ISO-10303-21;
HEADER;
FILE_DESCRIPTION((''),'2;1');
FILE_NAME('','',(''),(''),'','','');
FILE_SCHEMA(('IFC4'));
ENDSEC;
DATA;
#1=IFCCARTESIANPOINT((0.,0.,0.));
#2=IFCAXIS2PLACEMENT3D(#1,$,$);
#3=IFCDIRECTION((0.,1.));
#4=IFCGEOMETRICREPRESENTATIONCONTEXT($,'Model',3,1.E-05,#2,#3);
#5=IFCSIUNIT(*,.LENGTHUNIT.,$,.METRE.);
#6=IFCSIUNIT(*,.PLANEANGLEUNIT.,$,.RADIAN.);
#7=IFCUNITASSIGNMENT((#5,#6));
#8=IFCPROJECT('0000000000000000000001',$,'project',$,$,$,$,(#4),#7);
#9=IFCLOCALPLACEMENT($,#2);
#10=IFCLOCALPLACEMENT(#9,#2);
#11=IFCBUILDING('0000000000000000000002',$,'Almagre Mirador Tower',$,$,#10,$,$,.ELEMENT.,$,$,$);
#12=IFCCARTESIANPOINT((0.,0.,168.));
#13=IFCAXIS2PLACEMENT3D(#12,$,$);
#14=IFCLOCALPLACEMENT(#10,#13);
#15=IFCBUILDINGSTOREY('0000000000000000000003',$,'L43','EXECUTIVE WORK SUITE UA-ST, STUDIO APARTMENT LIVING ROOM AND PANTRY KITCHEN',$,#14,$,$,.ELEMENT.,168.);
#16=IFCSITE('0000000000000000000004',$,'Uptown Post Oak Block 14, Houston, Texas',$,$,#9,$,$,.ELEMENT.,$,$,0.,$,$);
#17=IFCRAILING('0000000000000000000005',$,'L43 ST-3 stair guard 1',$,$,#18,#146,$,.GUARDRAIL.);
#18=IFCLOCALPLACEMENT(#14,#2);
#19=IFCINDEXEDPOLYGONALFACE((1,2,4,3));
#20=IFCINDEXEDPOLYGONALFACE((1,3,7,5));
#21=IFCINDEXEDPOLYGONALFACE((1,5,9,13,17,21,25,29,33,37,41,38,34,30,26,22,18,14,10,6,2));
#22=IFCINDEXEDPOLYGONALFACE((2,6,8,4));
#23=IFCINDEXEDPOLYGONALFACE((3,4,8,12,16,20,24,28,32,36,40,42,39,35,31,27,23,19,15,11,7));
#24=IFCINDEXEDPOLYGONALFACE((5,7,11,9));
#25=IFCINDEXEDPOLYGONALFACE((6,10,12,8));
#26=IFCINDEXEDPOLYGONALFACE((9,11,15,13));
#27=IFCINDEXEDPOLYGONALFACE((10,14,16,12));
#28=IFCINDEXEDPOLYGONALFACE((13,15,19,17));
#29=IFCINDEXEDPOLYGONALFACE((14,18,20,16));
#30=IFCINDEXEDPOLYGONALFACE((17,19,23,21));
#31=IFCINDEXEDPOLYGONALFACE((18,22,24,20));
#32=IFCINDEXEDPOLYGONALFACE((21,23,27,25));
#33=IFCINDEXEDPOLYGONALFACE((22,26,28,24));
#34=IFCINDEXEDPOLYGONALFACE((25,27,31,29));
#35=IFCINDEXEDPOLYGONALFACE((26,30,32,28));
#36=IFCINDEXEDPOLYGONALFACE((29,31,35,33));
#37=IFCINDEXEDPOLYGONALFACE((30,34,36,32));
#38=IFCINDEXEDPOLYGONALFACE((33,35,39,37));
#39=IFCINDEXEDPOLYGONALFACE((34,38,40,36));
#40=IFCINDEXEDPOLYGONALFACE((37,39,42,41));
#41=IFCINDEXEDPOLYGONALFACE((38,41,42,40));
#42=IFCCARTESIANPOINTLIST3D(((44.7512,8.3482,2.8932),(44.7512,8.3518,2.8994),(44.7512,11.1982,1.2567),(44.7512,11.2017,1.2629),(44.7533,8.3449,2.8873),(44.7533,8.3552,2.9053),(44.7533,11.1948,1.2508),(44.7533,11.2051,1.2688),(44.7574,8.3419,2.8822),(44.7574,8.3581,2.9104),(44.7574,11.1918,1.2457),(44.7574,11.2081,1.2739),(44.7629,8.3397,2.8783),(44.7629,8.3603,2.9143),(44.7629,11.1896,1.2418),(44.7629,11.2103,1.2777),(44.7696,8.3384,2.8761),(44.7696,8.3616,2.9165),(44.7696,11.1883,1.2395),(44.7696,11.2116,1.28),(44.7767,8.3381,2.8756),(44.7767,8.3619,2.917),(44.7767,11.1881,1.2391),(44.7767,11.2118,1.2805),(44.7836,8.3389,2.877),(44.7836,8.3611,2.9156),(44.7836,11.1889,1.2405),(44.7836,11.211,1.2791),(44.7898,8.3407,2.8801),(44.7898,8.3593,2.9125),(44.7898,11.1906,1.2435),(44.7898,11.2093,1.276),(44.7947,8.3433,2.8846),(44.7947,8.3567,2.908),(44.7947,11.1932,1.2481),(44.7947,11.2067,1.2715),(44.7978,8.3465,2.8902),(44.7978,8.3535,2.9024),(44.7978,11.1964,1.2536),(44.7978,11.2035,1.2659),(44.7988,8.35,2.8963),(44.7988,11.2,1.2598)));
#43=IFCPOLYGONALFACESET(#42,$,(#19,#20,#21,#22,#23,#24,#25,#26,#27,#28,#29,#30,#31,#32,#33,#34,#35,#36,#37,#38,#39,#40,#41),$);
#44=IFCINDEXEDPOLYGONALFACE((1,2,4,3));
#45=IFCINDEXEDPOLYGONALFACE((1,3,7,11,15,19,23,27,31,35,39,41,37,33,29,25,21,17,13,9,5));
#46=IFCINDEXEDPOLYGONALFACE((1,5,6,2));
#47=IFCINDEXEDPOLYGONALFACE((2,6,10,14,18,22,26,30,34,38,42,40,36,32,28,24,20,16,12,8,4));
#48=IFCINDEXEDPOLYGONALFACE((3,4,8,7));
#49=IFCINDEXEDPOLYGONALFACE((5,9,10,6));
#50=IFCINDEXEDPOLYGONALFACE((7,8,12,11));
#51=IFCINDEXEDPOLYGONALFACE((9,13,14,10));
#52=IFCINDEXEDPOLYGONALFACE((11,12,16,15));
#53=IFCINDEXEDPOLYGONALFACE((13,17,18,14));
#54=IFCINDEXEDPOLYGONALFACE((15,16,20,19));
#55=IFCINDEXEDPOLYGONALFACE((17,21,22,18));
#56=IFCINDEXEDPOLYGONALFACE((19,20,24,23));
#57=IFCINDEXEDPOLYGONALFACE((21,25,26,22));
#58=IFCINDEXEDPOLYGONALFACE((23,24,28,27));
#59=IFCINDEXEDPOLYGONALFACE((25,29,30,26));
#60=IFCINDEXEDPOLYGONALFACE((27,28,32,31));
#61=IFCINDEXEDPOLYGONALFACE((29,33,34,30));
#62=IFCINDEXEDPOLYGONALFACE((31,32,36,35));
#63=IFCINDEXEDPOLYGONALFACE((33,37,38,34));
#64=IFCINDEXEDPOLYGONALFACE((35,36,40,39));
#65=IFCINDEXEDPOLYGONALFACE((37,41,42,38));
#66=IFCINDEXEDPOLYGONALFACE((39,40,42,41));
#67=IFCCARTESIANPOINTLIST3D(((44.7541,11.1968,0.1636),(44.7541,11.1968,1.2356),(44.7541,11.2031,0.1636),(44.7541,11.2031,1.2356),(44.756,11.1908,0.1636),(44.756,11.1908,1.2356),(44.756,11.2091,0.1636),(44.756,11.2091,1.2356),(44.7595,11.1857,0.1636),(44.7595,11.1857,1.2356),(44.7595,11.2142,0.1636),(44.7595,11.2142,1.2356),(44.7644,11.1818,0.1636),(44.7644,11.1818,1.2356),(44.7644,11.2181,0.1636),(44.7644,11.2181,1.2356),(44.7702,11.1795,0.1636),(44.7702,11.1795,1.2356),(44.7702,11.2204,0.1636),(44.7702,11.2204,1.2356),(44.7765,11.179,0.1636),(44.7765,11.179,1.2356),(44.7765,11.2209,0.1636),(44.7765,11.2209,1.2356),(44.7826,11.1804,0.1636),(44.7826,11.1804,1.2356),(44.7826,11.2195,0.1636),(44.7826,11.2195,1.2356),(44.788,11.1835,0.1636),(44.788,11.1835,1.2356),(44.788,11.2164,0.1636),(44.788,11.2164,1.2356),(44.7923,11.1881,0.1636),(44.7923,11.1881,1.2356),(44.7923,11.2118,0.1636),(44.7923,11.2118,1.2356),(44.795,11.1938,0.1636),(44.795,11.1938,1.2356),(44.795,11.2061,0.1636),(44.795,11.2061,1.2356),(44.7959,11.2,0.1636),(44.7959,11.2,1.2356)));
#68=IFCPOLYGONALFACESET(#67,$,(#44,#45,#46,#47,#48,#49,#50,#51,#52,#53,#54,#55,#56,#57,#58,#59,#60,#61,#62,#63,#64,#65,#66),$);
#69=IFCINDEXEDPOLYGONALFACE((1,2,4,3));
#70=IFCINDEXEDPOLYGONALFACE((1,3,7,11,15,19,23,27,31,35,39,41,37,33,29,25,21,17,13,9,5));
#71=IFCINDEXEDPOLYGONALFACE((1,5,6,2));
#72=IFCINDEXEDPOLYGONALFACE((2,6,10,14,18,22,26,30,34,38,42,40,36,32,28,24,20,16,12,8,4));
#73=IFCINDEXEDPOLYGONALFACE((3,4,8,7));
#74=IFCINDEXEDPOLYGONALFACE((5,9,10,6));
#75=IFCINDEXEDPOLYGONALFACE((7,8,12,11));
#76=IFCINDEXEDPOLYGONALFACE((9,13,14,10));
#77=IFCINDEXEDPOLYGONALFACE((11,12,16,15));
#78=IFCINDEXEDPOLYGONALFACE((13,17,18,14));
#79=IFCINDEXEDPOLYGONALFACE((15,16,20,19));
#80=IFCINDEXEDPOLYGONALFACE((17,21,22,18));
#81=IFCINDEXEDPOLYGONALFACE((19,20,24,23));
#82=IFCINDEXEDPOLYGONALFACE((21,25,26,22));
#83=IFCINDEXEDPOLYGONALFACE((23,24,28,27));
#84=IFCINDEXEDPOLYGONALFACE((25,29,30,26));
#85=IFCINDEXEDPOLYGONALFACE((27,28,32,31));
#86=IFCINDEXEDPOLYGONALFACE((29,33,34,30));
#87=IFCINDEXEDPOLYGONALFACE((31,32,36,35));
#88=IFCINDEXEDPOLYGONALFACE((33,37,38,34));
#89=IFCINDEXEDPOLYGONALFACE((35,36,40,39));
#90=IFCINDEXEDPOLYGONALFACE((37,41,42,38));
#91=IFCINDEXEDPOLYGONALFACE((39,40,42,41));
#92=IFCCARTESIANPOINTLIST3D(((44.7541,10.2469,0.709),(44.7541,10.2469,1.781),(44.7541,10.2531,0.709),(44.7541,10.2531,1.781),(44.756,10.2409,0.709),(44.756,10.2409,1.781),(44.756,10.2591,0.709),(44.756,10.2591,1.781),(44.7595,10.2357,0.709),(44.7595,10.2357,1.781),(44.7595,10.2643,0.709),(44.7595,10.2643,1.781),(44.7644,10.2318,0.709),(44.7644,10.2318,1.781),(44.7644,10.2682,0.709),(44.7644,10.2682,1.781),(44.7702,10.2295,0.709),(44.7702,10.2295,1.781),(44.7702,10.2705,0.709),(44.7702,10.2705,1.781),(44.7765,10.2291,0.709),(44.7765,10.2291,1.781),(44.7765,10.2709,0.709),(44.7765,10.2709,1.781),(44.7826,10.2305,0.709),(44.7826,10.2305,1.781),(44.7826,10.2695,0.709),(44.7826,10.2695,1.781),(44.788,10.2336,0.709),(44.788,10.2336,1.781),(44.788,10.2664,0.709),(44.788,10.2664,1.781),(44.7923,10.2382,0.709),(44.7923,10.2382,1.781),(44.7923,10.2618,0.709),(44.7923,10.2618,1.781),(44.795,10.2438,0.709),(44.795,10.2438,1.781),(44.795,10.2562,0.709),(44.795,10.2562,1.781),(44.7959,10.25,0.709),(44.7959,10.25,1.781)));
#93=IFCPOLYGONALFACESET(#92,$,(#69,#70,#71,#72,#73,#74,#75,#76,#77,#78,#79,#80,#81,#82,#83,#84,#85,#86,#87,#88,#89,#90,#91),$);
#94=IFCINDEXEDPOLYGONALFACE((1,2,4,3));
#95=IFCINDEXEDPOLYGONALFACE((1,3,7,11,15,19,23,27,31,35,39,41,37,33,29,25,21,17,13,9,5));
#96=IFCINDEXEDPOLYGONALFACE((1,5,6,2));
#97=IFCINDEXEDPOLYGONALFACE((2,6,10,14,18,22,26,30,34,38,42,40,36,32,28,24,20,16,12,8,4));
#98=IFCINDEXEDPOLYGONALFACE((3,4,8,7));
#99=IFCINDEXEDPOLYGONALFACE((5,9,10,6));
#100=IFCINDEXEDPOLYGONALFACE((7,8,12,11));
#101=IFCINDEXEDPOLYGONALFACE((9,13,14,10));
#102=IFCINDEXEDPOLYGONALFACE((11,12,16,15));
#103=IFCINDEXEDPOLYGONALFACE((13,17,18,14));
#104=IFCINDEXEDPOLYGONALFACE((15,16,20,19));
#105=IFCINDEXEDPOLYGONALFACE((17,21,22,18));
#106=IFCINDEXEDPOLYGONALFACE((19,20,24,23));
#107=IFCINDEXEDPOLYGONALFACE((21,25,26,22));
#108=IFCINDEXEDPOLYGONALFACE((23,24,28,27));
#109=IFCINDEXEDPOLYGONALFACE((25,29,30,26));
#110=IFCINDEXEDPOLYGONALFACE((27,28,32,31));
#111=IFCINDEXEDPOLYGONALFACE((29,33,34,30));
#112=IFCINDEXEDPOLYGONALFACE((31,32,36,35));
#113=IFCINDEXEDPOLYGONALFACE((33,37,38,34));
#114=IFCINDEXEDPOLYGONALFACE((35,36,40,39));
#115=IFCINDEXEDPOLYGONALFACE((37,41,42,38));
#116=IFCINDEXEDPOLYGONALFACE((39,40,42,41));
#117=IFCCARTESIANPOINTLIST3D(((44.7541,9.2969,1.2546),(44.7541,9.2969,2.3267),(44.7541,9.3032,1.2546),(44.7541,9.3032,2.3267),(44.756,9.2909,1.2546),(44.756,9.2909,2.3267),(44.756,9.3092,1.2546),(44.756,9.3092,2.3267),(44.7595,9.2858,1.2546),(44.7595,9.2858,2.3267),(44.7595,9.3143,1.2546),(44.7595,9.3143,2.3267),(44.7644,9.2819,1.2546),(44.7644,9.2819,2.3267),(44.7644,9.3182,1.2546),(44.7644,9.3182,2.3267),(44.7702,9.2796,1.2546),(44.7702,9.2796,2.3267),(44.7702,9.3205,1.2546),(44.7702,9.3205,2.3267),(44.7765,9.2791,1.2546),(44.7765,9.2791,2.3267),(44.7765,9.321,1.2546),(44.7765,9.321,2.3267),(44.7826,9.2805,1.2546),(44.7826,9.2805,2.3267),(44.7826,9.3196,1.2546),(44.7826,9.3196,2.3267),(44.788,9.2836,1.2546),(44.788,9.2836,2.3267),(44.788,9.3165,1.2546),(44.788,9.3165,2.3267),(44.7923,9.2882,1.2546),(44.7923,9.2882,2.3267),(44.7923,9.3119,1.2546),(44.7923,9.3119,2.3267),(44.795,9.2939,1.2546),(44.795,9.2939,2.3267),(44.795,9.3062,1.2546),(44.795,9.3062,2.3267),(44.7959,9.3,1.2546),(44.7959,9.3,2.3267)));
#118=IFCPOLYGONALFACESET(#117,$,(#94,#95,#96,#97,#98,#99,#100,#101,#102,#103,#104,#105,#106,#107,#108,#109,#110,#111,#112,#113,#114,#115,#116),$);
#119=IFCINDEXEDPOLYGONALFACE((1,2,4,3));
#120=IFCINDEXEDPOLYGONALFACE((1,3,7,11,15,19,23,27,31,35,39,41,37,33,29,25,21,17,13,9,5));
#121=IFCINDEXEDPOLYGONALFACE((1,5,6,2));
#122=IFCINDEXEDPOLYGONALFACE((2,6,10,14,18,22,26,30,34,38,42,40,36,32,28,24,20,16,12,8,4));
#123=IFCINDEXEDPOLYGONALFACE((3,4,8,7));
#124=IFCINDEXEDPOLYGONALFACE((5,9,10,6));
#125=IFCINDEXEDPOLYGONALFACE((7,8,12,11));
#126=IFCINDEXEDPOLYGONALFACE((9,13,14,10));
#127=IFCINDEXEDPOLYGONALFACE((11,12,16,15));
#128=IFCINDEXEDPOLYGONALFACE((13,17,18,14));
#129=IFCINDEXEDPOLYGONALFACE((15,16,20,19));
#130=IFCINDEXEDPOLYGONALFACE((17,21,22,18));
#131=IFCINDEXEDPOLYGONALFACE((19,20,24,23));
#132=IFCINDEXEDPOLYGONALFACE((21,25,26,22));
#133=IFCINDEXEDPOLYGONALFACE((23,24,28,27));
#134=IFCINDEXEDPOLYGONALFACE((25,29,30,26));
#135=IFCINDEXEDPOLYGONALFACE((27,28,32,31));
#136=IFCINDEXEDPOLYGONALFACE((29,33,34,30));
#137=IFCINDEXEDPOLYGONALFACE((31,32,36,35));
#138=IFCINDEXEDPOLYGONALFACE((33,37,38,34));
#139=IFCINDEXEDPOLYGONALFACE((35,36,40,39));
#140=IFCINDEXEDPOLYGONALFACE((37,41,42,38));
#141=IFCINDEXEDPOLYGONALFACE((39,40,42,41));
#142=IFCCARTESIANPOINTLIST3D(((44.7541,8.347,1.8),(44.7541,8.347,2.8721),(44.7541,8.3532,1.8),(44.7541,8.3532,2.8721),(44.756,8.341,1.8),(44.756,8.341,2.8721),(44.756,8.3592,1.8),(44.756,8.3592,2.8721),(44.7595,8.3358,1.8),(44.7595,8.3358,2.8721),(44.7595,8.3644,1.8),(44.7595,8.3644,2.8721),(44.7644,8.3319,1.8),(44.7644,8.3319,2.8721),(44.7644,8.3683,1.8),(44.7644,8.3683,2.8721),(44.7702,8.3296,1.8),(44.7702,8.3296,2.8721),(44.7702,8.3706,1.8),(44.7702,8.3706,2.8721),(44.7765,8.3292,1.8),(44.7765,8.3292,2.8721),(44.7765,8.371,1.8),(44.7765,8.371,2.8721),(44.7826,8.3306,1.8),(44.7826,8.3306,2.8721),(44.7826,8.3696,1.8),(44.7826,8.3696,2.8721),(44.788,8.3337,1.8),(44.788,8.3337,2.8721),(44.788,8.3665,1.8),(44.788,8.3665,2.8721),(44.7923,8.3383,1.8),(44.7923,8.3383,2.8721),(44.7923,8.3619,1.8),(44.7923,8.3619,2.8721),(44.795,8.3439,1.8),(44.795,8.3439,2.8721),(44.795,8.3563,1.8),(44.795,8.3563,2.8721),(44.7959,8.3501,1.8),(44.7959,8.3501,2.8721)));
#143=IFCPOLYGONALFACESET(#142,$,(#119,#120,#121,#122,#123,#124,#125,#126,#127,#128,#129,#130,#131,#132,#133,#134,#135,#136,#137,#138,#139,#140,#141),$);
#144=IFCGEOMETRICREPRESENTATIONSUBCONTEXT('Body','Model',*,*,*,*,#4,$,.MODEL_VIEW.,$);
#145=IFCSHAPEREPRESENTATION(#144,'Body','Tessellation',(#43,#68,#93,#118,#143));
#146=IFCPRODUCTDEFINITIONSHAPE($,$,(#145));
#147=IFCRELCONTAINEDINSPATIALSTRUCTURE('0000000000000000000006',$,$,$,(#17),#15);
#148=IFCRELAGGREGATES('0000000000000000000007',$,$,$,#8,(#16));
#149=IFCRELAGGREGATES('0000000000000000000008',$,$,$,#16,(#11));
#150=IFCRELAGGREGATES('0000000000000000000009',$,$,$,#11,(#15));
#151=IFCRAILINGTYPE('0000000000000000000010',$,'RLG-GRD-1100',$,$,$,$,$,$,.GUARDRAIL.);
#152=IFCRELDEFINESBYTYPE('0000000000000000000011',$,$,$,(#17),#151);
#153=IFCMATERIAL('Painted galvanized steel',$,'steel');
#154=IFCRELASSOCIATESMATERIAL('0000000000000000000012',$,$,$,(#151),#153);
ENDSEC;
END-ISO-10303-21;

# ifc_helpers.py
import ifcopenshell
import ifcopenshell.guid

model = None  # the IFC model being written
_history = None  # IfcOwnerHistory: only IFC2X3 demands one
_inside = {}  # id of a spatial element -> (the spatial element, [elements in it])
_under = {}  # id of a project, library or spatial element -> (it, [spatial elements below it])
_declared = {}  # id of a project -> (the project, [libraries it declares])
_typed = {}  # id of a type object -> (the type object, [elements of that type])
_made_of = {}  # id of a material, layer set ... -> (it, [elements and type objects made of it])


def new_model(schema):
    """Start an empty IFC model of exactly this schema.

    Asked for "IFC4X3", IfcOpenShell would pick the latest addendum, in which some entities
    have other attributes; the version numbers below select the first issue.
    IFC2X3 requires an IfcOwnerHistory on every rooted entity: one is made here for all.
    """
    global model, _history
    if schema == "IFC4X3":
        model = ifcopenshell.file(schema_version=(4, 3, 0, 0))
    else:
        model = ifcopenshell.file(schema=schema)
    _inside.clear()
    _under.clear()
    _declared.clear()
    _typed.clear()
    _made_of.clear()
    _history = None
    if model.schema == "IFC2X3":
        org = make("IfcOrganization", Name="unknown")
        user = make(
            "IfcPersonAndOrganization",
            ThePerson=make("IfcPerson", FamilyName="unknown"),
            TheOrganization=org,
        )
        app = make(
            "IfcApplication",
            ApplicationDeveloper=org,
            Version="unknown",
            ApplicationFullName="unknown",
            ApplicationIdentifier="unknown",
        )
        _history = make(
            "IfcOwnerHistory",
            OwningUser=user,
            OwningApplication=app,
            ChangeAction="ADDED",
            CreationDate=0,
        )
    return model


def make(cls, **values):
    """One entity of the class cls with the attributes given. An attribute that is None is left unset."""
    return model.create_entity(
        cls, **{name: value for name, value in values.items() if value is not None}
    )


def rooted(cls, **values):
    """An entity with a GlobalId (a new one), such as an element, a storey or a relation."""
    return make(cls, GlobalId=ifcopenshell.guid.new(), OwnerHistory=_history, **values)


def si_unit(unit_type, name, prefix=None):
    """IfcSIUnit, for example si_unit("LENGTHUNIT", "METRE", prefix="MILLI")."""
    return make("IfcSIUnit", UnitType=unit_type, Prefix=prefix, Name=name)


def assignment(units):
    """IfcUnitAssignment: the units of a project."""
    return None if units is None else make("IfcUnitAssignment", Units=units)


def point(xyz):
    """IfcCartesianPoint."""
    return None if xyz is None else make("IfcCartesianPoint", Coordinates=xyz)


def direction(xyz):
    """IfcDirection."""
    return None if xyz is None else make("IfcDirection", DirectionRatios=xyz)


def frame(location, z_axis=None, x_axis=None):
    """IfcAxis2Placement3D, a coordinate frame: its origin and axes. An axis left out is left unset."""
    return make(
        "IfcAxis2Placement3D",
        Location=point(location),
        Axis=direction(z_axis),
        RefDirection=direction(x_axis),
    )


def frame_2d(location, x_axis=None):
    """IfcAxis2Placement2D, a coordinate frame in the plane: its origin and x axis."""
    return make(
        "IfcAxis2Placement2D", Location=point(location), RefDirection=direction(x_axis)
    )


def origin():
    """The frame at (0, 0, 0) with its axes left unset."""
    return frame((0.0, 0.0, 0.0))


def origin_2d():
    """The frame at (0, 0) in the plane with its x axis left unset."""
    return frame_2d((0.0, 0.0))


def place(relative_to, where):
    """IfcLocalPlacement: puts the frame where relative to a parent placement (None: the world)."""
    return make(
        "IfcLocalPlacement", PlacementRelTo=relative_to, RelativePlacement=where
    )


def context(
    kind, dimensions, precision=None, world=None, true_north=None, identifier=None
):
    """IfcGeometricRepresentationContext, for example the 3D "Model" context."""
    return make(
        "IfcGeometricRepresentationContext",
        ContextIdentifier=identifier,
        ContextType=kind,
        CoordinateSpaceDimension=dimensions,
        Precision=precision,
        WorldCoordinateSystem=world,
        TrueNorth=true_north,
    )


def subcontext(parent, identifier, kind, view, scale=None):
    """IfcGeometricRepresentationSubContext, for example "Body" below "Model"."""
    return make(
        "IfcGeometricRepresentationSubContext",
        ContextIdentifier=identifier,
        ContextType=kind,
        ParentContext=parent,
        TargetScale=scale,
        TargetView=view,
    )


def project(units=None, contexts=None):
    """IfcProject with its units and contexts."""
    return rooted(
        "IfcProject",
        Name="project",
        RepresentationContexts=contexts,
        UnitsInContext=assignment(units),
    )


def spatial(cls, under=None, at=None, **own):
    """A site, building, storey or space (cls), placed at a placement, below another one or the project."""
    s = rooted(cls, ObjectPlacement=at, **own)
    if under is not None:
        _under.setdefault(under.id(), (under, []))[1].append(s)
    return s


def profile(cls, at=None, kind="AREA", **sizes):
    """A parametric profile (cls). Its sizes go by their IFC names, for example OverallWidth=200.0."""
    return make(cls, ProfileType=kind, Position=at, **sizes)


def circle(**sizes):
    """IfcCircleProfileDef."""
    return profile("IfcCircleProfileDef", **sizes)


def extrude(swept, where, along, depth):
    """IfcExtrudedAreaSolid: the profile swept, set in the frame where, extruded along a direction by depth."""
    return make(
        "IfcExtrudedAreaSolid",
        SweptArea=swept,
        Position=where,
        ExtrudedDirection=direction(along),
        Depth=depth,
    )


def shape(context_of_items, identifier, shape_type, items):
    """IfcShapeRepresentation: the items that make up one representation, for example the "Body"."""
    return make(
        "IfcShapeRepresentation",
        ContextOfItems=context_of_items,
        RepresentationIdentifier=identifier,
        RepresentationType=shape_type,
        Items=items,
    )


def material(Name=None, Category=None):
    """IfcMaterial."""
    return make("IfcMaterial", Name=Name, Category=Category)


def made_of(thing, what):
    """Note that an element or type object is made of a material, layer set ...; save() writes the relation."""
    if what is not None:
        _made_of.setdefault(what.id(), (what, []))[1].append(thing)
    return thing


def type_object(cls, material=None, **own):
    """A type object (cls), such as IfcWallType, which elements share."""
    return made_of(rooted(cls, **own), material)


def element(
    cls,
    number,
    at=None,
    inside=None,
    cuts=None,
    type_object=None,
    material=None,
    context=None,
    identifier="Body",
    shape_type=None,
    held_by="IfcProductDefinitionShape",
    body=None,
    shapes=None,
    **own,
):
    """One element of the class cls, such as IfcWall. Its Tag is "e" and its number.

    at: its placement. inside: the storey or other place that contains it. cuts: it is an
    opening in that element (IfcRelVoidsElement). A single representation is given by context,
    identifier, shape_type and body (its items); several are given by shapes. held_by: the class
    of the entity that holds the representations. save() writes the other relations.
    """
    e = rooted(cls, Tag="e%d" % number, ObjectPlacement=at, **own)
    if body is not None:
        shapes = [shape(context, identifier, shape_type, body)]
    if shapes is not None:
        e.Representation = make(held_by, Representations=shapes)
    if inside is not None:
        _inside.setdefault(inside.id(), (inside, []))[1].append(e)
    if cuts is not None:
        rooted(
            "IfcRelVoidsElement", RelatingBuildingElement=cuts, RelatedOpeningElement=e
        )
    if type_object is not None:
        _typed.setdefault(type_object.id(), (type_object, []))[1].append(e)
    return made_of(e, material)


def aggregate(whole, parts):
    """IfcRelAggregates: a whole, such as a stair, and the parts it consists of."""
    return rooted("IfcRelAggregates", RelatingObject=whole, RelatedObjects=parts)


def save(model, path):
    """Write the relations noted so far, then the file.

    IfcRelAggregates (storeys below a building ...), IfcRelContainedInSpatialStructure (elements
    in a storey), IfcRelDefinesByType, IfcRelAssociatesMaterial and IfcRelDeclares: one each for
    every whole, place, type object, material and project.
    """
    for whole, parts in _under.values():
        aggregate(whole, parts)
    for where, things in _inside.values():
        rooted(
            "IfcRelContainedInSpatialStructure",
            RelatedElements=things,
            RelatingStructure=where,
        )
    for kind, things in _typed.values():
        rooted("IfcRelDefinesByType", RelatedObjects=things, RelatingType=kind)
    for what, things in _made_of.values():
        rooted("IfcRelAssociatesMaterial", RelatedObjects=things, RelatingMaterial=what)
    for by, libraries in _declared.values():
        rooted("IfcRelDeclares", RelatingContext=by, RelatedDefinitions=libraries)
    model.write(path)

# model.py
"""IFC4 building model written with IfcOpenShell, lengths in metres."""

from ifc_helpers import new_model, si_unit, direction, frame, origin, origin_2d, place, context, subcontext, project, spatial, circle, extrude, material, type_object, element, save


model = new_model("IFC4")

# Units and contexts
model_context = context("Model", 3, precision=1e-05, world=origin(), true_north=direction((0.0, 1.0)))
body_context = subcontext(model_context, "Body", "Model", "MODEL_VIEW")
ifc_project = project(units=[si_unit("LENGTHUNIT", "METRE"), si_unit("PLANEANGLEUNIT", "RADIAN")], contexts=[model_context])

# Site, building, storey
site_placement = place(None, origin())
site = spatial("IfcSite", under=ifc_project, at=site_placement, Name="Uptown Post Oak Block 14, Houston, Texas", CompositionType="ELEMENT", RefElevation=0.0)
building_placement = place(site_placement, origin())
building = spatial("IfcBuilding", under=site, at=building_placement, Name="Almagre Mirador Tower", CompositionType="ELEMENT")
storey_placement = place(building_placement, frame((0.0, 0.0, 168.0)))
storey = spatial("IfcBuildingStorey", under=building, at=storey_placement, Name="L43", Description="EXECUTIVE WORK SUITE UA-ST, STUDIO APARTMENT LIVING ROOM AND PANTRY KITCHEN", CompositionType="ELEMENT", Elevation=168.0)

# Railing
ifc_material_1 = material(Name="Painted galvanized steel", Category="steel")
railing_type_1 = type_object("IfcRailingType", Name="RLG-GRD-1100", PredefinedType="GUARDRAIL", material=ifc_material_1)
railing_1_placement = place(storey_placement, frame((44.7749, 11.2, 0.1636)))
element("IfcRailing", 1, at=railing_1_placement, inside=storey, type_object=railing_type_1, Name="L43 ST-3 stair guard 1", PredefinedType="GUARDRAIL", context=body_context, shape_type="SweptSolid", body=[
    extrude(circle(Radius=0.0239, at=origin_2d()), frame((0.0, 0.0, 1.0962), z_axis=(0.0, -0.867194, 0.49797), x_axis=(1.0, 0.0, 0.0)), (0.0, 0.0, 1.0), 3.2864),
    extrude(circle(Radius=0.021, at=origin_2d()), origin(), (0.0, 0.0, 1.0), 1.072),
    extrude(circle(Radius=0.021, at=origin_2d()), frame((0.0, -0.95, 0.5454)), (0.0, 0.0, 1.0), 1.072),
    extrude(circle(Radius=0.021, at=origin_2d()), frame((0.0, -1.8999, 1.0911)), (0.0, 0.0, 1.0), 1.072),
    extrude(circle(Radius=0.021, at=origin_2d()), frame((0.0, -2.8499, 1.6365)), (0.0, 0.0, 1.0), 1.072),
])

save(model, "model.ifc")
